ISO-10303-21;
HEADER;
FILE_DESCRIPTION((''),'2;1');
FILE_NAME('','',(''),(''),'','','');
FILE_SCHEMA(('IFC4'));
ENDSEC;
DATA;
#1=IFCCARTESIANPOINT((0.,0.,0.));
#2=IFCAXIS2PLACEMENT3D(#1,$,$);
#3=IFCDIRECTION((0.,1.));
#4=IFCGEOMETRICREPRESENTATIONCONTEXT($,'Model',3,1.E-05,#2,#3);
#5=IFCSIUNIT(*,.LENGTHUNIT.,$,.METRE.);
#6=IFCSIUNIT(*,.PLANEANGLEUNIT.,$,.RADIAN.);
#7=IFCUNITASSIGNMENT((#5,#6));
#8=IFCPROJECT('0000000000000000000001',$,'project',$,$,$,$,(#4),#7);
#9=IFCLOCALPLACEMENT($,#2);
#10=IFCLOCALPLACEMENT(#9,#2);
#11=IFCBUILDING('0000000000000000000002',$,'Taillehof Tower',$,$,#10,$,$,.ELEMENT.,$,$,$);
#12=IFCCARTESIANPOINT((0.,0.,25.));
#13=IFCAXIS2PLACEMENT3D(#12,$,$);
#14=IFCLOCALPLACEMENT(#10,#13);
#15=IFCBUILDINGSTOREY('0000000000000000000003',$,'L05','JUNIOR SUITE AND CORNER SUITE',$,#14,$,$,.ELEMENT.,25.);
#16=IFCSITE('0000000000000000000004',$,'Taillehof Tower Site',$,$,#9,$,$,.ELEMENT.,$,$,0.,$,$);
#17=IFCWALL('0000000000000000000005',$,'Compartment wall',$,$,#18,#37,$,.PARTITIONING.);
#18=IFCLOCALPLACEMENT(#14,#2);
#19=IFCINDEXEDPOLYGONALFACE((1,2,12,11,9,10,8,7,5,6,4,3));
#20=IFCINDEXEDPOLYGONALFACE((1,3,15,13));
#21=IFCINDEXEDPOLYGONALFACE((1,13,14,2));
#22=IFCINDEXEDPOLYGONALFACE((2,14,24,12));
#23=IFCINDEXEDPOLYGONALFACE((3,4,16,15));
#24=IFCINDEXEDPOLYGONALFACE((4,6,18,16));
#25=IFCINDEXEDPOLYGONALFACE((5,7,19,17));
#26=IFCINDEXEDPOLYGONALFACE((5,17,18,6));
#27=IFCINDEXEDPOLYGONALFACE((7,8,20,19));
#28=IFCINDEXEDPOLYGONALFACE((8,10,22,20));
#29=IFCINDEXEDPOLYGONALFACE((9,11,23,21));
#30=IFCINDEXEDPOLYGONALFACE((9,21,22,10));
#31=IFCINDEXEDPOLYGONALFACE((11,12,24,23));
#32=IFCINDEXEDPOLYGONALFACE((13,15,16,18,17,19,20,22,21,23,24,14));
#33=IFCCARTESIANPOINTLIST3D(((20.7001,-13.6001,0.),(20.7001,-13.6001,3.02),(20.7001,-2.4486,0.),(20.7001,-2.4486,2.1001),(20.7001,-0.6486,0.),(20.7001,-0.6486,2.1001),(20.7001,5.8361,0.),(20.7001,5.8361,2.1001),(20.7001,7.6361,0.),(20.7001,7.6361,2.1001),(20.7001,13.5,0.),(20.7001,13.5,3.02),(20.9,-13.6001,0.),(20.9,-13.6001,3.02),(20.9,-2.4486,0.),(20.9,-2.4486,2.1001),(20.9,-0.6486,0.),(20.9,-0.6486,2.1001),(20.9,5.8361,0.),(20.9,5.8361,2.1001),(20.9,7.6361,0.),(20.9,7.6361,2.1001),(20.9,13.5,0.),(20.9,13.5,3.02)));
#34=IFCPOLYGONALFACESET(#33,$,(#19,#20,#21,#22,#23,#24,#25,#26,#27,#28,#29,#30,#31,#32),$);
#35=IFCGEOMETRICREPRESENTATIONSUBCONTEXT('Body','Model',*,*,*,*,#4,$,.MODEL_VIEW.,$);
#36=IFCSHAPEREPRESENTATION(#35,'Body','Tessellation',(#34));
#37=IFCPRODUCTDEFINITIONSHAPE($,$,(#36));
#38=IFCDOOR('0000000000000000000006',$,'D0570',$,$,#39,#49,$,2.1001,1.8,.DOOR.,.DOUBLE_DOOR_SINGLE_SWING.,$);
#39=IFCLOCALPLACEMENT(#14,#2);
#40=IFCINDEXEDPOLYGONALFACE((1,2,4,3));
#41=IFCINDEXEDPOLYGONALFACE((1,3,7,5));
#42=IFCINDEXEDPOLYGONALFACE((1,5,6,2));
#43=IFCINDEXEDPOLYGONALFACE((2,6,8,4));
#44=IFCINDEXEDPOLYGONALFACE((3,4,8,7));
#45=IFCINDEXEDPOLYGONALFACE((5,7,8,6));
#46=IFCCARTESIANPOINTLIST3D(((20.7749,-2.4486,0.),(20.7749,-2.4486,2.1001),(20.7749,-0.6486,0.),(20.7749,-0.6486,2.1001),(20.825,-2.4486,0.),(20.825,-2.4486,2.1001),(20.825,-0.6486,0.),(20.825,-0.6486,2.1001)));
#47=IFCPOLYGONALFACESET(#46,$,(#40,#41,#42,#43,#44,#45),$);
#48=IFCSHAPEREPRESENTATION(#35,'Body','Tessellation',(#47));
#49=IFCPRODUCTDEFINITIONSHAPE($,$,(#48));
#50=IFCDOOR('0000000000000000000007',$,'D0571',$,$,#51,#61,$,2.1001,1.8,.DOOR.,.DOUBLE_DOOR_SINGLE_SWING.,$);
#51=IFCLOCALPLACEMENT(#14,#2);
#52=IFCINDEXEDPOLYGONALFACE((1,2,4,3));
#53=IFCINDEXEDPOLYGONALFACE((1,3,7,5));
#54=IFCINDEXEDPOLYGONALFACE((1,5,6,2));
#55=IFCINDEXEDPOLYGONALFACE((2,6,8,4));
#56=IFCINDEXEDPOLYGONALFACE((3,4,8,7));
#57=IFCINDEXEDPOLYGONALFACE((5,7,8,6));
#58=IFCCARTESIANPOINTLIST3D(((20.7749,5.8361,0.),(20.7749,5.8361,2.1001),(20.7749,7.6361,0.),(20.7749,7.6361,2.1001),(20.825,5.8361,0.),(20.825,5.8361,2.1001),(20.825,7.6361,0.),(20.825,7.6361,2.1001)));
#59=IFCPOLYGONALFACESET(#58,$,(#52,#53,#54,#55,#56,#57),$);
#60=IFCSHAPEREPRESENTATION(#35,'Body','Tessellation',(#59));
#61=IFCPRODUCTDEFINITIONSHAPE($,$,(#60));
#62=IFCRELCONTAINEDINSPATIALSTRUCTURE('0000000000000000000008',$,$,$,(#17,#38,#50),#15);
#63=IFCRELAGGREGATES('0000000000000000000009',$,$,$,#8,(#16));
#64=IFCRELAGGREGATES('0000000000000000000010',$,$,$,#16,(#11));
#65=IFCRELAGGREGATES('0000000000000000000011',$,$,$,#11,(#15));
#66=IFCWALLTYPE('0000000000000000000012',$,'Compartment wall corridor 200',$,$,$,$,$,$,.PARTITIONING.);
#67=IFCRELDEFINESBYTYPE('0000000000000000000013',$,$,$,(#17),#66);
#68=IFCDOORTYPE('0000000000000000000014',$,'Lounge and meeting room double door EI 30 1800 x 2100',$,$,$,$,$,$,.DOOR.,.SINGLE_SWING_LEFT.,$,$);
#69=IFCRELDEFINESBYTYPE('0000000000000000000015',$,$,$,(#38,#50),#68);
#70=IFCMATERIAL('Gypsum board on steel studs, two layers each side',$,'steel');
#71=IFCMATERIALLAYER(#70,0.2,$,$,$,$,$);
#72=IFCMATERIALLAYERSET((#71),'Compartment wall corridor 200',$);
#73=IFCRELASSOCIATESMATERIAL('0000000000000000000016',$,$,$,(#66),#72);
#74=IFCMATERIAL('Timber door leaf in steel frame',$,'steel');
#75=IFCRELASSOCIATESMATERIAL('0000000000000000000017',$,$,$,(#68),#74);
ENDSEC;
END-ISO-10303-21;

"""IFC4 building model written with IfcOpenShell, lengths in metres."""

from ifc_helpers import new_model, si_unit, direction, frame, frame_2d, origin, place, context, subcontext, project, spatial, rectangle, extrude, material, layer, layer_set, type_object, element, fill, save


model = new_model("IFC4")

# Units and contexts
model_context = context("Model", 3, precision=1e-05, world=origin(), true_north=direction((0.0, 1.0)))
body_context = subcontext(model_context, "Body", "Model", "MODEL_VIEW")
ifc_project = project(units=[si_unit("LENGTHUNIT", "METRE"), si_unit("PLANEANGLEUNIT", "RADIAN")], contexts=[model_context])

# Site, building, storey
site_placement = place(None, origin())
site = spatial("IfcSite", under=ifc_project, at=site_placement, Name="Taillehof Tower Site", CompositionType="ELEMENT", RefElevation=0.0)
building_placement = place(site_placement, origin())
building = spatial("IfcBuilding", under=site, at=building_placement, Name="Taillehof Tower", CompositionType="ELEMENT")
storey_placement = place(building_placement, frame((0.0, 0.0, 25.0)))
storey = spatial("IfcBuildingStorey", under=building, at=storey_placement, Name="L05", Description="JUNIOR SUITE AND CORNER SUITE", CompositionType="ELEMENT", Elevation=25.0)

# Wall, openings, doors
ifc_material_1 = material(Name="Gypsum board on steel studs, two layers each side", Category="steel")
ifc_layer_1 = layer(ifc_material_1, 0.2)
ifc_layer_set_1 = layer_set([ifc_layer_1], Name="Compartment wall corridor 200")
wall_type_1 = type_object("IfcWallType", Name="Compartment wall corridor 200", PredefinedType="PARTITIONING", material=ifc_layer_set_1)
wall_1_placement = place(storey_placement, frame((20.8, 13.5, 0.0), z_axis=(0.0, 0.0, 1.0), x_axis=(0.0, -1.0, 0.0)))
wall_1 = element("IfcWall", 1, at=wall_1_placement, inside=storey, type_object=wall_type_1, Name="Compartment wall", PredefinedType="PARTITIONING", context=body_context, shape_type="SweptSolid", body=[
    extrude(rectangle(XDim=27.1001, YDim=0.2, at=frame_2d((13.55, 0.0))), origin(), (0.0, 0.0, 1.0), 3.02),
])
opening_1_placement = place(wall_1_placement, frame((14.1487, 0.0, 0.0)))
opening_1 = element("IfcOpeningElement", 2, at=opening_1_placement, cuts=wall_1, PredefinedType="OPENING", context=body_context, shape_type="SweptSolid", body=[
    extrude(rectangle(XDim=1.8, YDim=2.1001, at=frame_2d((0.8999, 1.05))), frame((0.0, 0.1099, 0.0), z_axis=(0.0, -1.0, 0.0), x_axis=(1.0, 0.0, 0.0)), (0.0, 0.0, 1.0), 0.22),
])
opening_2_placement = place(wall_1_placement, frame((5.864, 0.0, 0.0)))
opening_2 = element("IfcOpeningElement", 3, at=opening_2_placement, cuts=wall_1, PredefinedType="OPENING", context=body_context, shape_type="SweptSolid", body=[
    extrude(rectangle(XDim=1.8, YDim=2.1001, at=frame_2d((0.8999, 1.05))), frame((0.0, 0.1099, 0.0), z_axis=(0.0, -1.0, 0.0), x_axis=(1.0, 0.0, 0.0)), (0.0, 0.0, 1.0), 0.22),
])
ifc_material_2 = material(Name="Timber door leaf in steel frame", Category="steel")
door_type = type_object("IfcDoorType", Name="Lounge and meeting room double door EI 30 1800 x 2100", OperationType="SINGLE_SWING_LEFT", PredefinedType="DOOR", material=ifc_material_2)
door_1_placement = place(opening_1_placement, origin())
door_1 = element("IfcDoor", 4, at=door_1_placement, inside=storey, type_object=door_type, Name="D0570", OperationType="DOUBLE_DOOR_SINGLE_SWING", OverallHeight=2.1001, OverallWidth=1.8, PredefinedType="DOOR", context=body_context, shape_type="SweptSolid", body=[
    extrude(rectangle(XDim=1.8, YDim=2.1001, at=frame_2d((0.8999, 1.05))), frame((0.0, 0.0249, 0.0), z_axis=(0.0, -1.0, 0.0), x_axis=(1.0, 0.0, 0.0)), (0.0, 0.0, 1.0), 0.05),
])
fill(opening_1, door_1)
door_2_placement = place(opening_2_placement, origin())
door_2 = element("IfcDoor", 5, at=door_2_placement, inside=storey, type_object=door_type, Name="D0571", OperationType="DOUBLE_DOOR_SINGLE_SWING", OverallHeight=2.1001, OverallWidth=1.8, PredefinedType="DOOR", context=body_context, shape_type="SweptSolid", body=[
    extrude(rectangle(XDim=1.8, YDim=2.1001, at=frame_2d((0.8999, 1.05))), frame((0.0, 0.0249, 0.0), z_axis=(0.0, -1.0, 0.0), x_axis=(1.0, 0.0, 0.0)), (0.0, 0.0, 1.0), 0.05),
])
fill(opening_2, door_2)

save(model, "model.ifc")
